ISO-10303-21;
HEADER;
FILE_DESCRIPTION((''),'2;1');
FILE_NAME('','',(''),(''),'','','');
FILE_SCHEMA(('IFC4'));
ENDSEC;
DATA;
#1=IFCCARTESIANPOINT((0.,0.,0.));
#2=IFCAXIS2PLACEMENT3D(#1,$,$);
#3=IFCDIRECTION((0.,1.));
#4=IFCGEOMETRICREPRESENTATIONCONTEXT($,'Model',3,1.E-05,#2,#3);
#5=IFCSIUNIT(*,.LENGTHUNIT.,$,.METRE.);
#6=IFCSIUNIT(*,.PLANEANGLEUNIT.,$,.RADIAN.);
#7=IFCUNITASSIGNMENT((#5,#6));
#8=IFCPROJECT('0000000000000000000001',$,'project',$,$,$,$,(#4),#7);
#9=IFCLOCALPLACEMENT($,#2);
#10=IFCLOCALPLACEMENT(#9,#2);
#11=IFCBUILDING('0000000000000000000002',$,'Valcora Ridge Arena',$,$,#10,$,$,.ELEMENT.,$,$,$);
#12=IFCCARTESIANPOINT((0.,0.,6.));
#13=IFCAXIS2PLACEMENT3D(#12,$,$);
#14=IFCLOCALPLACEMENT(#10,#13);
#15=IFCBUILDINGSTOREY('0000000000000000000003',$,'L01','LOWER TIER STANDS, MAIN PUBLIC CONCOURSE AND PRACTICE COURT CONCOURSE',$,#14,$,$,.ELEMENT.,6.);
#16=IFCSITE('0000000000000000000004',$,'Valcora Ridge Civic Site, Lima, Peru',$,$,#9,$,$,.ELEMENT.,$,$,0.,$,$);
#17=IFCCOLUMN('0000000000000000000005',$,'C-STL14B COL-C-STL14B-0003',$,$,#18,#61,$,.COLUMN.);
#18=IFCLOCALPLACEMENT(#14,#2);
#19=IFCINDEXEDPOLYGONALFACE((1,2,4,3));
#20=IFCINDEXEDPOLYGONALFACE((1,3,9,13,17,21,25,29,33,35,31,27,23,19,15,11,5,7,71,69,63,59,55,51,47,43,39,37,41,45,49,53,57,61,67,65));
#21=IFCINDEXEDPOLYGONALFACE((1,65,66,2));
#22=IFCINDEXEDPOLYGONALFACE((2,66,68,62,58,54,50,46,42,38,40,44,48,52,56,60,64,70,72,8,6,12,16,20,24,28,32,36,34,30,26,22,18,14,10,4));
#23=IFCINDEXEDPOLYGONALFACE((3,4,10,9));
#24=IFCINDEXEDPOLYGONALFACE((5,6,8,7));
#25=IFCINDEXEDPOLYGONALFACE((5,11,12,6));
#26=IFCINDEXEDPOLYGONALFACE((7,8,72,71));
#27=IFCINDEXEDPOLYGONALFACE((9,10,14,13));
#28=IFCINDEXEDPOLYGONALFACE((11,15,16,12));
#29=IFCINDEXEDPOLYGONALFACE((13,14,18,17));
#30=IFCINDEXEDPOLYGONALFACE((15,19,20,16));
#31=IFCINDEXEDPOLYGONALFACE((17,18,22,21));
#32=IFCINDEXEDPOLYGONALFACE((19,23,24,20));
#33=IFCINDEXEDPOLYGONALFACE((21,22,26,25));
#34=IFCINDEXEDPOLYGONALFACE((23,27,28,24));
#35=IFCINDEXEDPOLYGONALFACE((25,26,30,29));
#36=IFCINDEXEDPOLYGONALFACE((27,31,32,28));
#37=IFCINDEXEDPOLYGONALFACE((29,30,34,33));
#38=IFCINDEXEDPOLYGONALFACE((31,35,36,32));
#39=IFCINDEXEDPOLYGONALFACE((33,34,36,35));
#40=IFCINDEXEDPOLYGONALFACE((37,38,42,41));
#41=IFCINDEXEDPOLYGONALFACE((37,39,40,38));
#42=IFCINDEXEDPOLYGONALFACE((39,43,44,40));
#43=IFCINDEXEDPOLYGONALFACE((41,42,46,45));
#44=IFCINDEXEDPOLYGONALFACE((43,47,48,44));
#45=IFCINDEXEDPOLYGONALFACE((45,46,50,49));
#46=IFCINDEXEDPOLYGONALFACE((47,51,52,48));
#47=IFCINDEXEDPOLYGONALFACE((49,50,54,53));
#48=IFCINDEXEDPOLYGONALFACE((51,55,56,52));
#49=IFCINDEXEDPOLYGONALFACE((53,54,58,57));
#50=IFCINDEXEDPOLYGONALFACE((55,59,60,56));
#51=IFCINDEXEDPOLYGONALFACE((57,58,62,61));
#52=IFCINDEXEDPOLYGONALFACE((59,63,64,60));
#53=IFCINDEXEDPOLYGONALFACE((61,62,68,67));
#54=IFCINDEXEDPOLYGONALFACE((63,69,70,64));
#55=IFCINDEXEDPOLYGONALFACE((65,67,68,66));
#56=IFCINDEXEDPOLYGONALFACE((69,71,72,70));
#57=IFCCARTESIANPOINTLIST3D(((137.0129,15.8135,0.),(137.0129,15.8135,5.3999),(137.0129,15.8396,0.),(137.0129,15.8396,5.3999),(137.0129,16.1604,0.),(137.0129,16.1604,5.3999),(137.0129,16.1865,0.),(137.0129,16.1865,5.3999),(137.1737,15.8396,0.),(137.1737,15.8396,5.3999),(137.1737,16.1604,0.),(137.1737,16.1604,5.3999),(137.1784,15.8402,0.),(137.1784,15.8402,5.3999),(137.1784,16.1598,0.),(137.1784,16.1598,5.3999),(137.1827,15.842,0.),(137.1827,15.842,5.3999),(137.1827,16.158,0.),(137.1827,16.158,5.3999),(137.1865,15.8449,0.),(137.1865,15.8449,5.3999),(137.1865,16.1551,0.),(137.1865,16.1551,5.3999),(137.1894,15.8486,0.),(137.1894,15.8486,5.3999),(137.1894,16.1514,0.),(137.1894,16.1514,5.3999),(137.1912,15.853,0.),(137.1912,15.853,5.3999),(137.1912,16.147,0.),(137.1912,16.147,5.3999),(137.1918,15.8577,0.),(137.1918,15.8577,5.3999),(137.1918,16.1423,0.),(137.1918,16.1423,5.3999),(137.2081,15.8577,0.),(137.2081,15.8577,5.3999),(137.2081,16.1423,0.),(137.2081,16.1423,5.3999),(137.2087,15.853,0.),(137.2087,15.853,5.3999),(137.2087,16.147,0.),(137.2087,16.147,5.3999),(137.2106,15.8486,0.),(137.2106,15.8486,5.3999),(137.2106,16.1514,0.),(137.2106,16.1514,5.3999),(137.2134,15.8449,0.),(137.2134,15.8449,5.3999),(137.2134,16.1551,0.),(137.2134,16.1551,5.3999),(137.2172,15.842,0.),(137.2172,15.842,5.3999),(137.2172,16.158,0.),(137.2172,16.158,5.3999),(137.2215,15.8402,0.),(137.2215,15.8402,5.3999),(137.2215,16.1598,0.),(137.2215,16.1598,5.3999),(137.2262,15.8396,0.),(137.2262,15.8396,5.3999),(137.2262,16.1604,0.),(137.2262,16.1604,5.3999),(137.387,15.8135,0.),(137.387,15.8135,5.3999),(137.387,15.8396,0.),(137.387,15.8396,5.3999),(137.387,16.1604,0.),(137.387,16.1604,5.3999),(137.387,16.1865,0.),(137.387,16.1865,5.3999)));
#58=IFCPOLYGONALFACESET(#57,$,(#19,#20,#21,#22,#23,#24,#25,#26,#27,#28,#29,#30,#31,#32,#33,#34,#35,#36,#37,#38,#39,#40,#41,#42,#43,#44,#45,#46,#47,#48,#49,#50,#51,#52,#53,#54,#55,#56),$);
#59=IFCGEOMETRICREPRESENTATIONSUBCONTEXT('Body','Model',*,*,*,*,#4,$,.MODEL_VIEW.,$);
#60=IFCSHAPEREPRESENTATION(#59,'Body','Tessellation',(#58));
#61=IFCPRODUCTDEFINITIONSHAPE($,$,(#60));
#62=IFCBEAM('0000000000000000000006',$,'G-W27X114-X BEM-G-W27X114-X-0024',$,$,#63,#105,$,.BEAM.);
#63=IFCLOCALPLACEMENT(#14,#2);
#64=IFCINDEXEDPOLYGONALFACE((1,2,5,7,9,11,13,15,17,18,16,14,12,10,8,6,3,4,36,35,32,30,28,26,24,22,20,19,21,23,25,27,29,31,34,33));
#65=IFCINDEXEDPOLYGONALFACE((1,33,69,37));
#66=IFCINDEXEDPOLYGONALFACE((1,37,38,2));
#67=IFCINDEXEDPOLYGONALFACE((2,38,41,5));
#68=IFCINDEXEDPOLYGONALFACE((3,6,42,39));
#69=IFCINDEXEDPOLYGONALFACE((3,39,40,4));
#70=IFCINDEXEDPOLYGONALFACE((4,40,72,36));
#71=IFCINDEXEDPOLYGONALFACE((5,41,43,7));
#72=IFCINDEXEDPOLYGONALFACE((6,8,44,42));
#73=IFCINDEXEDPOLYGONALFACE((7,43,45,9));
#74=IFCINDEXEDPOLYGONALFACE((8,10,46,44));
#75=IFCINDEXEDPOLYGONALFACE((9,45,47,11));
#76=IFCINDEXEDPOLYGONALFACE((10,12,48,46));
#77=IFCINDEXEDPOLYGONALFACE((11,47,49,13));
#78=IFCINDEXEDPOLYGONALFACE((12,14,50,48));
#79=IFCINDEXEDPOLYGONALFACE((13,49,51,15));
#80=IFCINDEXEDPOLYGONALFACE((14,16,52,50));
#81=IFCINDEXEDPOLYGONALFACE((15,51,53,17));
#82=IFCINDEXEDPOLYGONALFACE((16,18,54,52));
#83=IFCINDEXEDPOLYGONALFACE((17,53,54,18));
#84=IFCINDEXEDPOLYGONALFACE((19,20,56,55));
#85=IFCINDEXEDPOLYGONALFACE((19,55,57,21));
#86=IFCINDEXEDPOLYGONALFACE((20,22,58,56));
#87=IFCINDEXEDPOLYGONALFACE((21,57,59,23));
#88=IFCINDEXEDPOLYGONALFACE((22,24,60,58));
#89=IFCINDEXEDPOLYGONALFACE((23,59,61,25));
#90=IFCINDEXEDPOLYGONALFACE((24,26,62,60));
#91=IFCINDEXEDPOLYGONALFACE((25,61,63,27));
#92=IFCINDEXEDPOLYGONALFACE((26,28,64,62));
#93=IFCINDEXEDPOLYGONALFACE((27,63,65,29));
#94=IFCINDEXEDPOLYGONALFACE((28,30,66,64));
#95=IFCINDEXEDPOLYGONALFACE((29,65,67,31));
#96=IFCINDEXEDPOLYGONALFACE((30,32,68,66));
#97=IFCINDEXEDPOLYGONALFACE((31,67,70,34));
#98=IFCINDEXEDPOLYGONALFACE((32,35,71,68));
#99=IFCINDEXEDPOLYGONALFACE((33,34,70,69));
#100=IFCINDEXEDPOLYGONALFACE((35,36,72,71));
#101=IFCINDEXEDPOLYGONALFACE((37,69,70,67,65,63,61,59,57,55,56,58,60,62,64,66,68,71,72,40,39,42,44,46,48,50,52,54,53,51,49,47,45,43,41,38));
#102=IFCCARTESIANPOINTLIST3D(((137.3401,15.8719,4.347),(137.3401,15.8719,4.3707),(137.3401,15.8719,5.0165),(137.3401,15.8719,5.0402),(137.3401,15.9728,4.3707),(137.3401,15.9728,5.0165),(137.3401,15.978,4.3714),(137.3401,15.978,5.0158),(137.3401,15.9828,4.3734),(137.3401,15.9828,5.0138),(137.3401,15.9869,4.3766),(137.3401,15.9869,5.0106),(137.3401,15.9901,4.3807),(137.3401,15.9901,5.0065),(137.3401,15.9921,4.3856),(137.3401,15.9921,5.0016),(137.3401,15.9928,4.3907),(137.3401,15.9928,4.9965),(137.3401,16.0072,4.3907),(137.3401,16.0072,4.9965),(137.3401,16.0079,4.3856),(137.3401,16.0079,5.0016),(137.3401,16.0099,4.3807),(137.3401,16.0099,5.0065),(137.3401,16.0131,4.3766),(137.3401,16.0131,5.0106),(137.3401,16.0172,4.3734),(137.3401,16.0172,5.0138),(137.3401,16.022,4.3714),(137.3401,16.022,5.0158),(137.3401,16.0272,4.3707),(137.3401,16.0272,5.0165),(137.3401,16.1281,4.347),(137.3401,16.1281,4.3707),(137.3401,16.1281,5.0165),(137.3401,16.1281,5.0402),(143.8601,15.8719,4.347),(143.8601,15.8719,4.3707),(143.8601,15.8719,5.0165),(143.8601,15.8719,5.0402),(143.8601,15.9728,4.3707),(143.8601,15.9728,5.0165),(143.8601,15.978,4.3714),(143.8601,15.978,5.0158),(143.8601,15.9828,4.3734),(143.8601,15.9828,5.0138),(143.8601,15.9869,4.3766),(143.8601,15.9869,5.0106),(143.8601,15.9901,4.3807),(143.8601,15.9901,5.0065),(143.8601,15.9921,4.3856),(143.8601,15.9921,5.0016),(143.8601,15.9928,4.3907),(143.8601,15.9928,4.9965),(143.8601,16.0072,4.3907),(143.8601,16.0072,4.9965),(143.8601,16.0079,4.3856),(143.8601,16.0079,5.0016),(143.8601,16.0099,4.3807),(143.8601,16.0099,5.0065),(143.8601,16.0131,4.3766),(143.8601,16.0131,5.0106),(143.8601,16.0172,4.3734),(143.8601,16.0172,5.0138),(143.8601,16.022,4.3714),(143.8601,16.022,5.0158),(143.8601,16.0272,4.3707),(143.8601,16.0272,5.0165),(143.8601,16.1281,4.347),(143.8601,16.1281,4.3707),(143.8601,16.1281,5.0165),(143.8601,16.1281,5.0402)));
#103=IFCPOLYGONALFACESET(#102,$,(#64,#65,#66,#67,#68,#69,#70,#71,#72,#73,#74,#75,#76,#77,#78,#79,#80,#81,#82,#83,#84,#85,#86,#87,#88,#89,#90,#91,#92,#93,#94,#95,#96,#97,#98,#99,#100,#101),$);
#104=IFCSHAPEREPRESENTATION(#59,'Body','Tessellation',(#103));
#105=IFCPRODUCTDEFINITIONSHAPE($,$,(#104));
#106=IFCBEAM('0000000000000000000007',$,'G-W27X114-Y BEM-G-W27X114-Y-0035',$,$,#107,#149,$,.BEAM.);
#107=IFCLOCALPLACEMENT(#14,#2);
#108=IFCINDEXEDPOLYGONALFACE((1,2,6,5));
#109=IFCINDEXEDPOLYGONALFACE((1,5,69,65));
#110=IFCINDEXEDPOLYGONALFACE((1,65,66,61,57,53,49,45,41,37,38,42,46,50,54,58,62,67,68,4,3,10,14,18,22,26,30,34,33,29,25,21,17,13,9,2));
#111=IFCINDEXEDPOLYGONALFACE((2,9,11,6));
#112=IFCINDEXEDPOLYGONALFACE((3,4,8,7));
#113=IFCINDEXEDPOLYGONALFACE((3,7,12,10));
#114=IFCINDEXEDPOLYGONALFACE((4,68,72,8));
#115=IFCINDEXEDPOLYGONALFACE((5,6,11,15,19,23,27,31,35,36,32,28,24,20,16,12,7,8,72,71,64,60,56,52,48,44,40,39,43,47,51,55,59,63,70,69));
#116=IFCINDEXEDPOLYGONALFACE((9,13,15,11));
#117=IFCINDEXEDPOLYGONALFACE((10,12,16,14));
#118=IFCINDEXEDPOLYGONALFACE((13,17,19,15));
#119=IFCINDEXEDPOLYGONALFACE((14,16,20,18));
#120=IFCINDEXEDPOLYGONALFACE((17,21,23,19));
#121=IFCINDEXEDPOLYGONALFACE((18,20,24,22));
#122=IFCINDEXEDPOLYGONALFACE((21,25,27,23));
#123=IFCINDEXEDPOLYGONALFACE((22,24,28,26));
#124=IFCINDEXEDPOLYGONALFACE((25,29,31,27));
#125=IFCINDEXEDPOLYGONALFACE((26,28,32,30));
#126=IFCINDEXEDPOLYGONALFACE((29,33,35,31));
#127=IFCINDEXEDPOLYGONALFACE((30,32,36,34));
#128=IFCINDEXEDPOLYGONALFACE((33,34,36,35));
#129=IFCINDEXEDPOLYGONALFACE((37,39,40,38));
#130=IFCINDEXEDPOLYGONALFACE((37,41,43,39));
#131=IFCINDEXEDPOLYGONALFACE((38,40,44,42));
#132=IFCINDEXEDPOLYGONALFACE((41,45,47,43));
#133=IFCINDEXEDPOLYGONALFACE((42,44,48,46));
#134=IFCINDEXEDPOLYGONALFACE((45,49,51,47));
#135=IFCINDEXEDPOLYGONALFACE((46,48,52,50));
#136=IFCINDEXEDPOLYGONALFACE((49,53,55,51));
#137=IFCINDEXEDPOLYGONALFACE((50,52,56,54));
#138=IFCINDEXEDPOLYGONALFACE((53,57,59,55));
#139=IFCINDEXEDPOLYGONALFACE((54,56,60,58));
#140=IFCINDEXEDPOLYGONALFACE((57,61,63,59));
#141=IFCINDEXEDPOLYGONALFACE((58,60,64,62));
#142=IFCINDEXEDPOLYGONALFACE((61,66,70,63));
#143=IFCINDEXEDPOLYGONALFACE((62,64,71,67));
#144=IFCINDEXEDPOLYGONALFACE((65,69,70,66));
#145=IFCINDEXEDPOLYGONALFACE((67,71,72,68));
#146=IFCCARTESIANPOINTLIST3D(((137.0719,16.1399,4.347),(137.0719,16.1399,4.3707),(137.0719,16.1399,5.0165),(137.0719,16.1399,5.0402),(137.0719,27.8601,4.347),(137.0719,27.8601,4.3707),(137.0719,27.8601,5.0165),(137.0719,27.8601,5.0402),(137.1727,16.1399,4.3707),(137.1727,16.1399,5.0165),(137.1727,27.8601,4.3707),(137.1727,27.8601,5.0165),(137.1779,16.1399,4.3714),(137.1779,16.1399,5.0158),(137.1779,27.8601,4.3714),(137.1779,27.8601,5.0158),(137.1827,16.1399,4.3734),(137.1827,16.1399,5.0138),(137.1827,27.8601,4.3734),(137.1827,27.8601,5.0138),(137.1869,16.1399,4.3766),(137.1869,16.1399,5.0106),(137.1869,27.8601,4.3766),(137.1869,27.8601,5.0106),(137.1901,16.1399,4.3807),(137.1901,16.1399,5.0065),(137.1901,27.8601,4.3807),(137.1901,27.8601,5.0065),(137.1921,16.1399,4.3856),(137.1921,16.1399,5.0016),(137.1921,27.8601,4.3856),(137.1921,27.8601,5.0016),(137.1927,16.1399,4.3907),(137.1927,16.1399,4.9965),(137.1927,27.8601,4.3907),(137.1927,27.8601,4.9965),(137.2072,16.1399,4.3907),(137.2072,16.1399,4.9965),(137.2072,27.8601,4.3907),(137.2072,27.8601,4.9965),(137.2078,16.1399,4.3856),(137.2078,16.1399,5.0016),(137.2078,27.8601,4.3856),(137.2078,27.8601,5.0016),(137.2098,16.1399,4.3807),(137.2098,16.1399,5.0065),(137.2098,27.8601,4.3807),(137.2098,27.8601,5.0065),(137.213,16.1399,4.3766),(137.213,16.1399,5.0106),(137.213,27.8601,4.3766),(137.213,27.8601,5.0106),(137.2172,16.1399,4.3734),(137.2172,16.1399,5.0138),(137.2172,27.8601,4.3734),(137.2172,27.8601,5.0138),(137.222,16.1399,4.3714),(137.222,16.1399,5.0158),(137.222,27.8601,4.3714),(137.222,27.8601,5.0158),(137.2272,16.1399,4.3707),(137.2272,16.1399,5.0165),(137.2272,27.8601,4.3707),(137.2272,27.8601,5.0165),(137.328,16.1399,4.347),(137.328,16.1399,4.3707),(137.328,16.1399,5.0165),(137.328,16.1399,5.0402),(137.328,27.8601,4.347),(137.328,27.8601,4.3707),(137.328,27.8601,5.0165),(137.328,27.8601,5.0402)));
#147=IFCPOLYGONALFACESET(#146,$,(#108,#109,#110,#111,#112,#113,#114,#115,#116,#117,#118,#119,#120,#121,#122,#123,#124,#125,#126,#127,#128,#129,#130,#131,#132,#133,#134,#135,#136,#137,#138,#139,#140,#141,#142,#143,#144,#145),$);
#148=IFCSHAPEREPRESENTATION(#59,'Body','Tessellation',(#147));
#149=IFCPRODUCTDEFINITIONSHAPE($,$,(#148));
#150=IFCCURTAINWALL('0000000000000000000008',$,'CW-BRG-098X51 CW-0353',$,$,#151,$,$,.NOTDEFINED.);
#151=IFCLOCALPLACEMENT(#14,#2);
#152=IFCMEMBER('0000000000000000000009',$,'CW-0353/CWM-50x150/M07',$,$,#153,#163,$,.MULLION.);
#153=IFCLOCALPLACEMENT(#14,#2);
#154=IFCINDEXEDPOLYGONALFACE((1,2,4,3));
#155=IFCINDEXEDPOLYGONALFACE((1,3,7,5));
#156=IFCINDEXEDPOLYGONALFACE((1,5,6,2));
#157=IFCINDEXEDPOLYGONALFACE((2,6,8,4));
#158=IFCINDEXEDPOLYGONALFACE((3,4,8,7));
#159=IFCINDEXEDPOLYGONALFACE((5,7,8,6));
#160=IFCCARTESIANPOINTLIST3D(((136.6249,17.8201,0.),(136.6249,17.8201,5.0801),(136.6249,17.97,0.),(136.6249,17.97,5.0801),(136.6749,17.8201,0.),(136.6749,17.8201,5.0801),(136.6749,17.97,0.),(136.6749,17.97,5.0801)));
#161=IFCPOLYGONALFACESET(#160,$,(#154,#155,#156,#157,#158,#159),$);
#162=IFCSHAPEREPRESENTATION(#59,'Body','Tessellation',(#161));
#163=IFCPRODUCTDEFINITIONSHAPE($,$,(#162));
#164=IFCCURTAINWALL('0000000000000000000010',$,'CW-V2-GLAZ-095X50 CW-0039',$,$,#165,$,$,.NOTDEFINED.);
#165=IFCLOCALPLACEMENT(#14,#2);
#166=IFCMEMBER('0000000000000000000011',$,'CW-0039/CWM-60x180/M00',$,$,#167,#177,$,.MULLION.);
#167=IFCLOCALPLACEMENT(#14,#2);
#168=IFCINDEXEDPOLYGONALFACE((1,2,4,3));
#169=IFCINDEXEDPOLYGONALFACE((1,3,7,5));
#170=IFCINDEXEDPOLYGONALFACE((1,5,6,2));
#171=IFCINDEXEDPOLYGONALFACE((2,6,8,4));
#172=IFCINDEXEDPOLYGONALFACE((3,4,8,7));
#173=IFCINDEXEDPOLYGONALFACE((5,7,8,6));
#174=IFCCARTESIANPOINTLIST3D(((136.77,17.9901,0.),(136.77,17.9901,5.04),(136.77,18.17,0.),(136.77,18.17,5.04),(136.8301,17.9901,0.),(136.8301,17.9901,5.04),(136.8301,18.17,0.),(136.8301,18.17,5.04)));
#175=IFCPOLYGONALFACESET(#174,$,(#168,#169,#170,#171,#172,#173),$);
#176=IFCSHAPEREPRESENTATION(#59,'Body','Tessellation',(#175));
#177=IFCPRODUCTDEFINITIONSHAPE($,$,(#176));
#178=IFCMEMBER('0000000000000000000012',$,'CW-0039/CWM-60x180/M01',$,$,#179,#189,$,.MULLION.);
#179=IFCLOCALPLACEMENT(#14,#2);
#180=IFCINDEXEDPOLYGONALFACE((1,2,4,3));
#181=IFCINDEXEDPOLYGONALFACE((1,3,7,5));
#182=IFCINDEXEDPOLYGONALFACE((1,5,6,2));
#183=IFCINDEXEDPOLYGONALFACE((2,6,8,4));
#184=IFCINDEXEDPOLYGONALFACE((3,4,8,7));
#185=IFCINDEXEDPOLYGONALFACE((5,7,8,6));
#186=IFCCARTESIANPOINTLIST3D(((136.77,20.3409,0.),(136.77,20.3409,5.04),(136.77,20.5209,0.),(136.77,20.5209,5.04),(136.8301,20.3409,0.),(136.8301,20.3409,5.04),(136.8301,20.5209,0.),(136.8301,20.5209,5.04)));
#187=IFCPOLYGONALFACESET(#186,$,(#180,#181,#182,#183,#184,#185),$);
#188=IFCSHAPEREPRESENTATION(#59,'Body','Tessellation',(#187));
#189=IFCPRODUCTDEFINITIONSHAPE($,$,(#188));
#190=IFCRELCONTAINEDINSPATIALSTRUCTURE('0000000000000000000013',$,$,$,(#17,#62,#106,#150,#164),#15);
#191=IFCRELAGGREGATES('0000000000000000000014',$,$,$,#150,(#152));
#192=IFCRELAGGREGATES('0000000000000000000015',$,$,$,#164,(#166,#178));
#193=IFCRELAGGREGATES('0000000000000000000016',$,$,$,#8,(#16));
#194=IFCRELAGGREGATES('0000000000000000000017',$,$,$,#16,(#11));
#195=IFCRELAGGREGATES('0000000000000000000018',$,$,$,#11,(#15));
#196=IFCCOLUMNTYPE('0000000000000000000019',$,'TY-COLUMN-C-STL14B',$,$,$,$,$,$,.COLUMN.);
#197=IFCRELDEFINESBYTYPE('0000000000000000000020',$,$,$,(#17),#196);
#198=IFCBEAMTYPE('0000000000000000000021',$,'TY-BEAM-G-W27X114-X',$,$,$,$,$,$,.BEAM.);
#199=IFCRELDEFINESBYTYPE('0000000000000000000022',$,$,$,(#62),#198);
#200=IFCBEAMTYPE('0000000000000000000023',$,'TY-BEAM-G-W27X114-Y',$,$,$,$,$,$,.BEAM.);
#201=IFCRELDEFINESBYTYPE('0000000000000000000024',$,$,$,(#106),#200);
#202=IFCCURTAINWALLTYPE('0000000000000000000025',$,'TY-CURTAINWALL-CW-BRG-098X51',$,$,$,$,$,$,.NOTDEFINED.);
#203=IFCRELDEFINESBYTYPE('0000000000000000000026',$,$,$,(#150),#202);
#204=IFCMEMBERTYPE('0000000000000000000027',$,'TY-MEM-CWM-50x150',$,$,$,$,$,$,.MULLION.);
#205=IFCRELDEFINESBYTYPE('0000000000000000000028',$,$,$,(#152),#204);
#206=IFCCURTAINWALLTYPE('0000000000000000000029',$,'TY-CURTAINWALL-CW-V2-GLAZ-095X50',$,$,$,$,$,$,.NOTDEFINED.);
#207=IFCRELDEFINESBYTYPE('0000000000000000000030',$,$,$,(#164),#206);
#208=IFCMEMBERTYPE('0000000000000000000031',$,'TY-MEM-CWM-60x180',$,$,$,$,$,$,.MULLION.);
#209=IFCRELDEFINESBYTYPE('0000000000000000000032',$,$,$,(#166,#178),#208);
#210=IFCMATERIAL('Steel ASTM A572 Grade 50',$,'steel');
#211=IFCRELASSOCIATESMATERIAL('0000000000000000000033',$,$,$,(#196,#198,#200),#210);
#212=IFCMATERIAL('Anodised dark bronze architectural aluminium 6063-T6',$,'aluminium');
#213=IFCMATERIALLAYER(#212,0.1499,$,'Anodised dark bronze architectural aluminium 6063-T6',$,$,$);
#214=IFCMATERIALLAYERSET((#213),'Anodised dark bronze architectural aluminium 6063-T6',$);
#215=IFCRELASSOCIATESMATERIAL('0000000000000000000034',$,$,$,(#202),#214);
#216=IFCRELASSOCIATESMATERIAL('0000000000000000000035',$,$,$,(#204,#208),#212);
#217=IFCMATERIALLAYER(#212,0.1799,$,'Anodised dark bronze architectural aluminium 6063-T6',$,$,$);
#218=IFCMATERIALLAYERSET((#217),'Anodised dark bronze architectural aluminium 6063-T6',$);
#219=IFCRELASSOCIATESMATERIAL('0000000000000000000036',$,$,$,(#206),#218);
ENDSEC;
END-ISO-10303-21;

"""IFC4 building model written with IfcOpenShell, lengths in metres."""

from ifc_helpers import new_model, si_unit, direction, frame, origin, origin_2d, place, context, subcontext, project, spatial, rectangle, i_section, extrude, material, layer, layer_set, material_profile, profile_set, type_object, element, aggregate, save


model = new_model("IFC4")

# Units and contexts
model_context = context("Model", 3, precision=1e-05, world=origin(), true_north=direction((0.0, 1.0)))
body_context = subcontext(model_context, "Body", "Model", "MODEL_VIEW")
ifc_project = project(units=[si_unit("LENGTHUNIT", "METRE"), si_unit("PLANEANGLEUNIT", "RADIAN")], contexts=[model_context])

# Site, building, storey
site_placement = place(None, origin())
site = spatial("IfcSite", under=ifc_project, at=site_placement, Name="Valcora Ridge Civic Site, Lima, Peru", CompositionType="ELEMENT", RefElevation=0.0)
building_placement = place(site_placement, origin())
building = spatial("IfcBuilding", under=site, at=building_placement, Name="Valcora Ridge Arena", CompositionType="ELEMENT")
storey_placement = place(building_placement, frame((0.0, 0.0, 6.0)))
storey = spatial("IfcBuildingStorey", under=building, at=storey_placement, Name="L01", Description="LOWER TIER STANDS, MAIN PUBLIC CONCOURSE AND PRACTICE COURT CONCOURSE", CompositionType="ELEMENT", Elevation=6.0)

# Column
ifc_material_1 = material(Name="Steel ASTM A572 Grade 50", Category="steel")
ifc_material_profile_1 = material_profile(ifc_material_1, i_section(OverallWidth=0.374, OverallDepth=0.373, WebThickness=0.0164, FlangeThickness=0.0261, FilletRadius=0.0181, at=origin_2d()), Name="W14X132")
ifc_profile_set_1 = profile_set([ifc_material_profile_1], Name="Steel ASTM A572 Grade 50")
column_type = type_object("IfcColumnType", Name="TY-COLUMN-C-STL14B", PredefinedType="COLUMN", material=ifc_profile_set_1)
column_placement = place(storey_placement, frame((137.2, 16.0, 0.0), z_axis=(0.0, 0.0, 1.0), x_axis=(1.0, 0.0, 0.0)))
element("IfcColumn", 1, at=column_placement, inside=storey, type_object=column_type, Name="C-STL14B COL-C-STL14B-0003", PredefinedType="COLUMN", context=body_context, shape_type="SweptSolid", body=[
    extrude(i_section(OverallWidth=0.374, OverallDepth=0.373, WebThickness=0.0164, FlangeThickness=0.0261, FilletRadius=0.0181, at=origin_2d()), origin(), (0.0, 0.0, 1.0), 5.3999),
])

# Beams
ifc_material_profile_2 = material_profile(ifc_material_1, i_section(OverallWidth=0.2561, OverallDepth=0.6931, WebThickness=0.0144, FlangeThickness=0.0237, FilletRadius=0.02, at=origin_2d()), Name="W27X114")
ifc_profile_set_2 = profile_set([ifc_material_profile_2], Name="Steel ASTM A572 Grade 50")
beam_type_1 = type_object("IfcBeamType", Name="TY-BEAM-G-W27X114-X", PredefinedType="BEAM", material=ifc_profile_set_2)
beam_1_placement = place(storey_placement, frame((137.3401, 16.0, 4.6936), z_axis=(1.0, 0.0, 0.0), x_axis=(0.0, 1.0, 0.0)))
element("IfcBeam", 2, at=beam_1_placement, inside=storey, type_object=beam_type_1, Name="G-W27X114-X BEM-G-W27X114-X-0024", PredefinedType="BEAM", context=body_context, shape_type="SweptSolid", body=[
    extrude(i_section(OverallWidth=0.2561, OverallDepth=0.6931, WebThickness=0.0144, FlangeThickness=0.0237, FilletRadius=0.02, at=origin_2d()), origin(), (0.0, 0.0, 1.0), 6.52),
])
ifc_material_profile_3 = material_profile(ifc_material_1, i_section(OverallWidth=0.2561, OverallDepth=0.6931, WebThickness=0.0144, FlangeThickness=0.0237, FilletRadius=0.02, at=origin_2d()), Name="W27X114")
ifc_profile_set_3 = profile_set([ifc_material_profile_3], Name="Steel ASTM A572 Grade 50")
beam_type_2 = type_object("IfcBeamType", Name="TY-BEAM-G-W27X114-Y", PredefinedType="BEAM", material=ifc_profile_set_3)
beam_2_placement = place(storey_placement, frame((137.2, 16.1399, 4.6936), z_axis=(0.0, 1.0, 0.0), x_axis=(-1.0, 0.0, 0.0)))
element("IfcBeam", 3, at=beam_2_placement, inside=storey, type_object=beam_type_2, Name="G-W27X114-Y BEM-G-W27X114-Y-0035", PredefinedType="BEAM", context=body_context, shape_type="SweptSolid", body=[
    extrude(i_section(OverallWidth=0.2561, OverallDepth=0.6931, WebThickness=0.0144, FlangeThickness=0.0237, FilletRadius=0.02, at=origin_2d()), origin(), (0.0, 0.0, 1.0), 11.7202),
])

# Curtain wall, member
ifc_material_2 = material(Name="Anodised dark bronze architectural aluminium 6063-T6", Category="aluminium")
ifc_layer_1 = layer(ifc_material_2, 0.1499, Name="Anodised dark bronze architectural aluminium 6063-T6")
ifc_layer_set_1 = layer_set([ifc_layer_1], Name="Anodised dark bronze architectural aluminium 6063-T6")
curtain_wall_type_1 = type_object("IfcCurtainWallType", Name="TY-CURTAINWALL-CW-BRG-098X51", PredefinedType="NOTDEFINED", material=ifc_layer_set_1)
curtain_wall_1_placement = place(storey_placement, origin())
curtain_wall_1 = element("IfcCurtainWall", 4, at=curtain_wall_1_placement, inside=storey, type_object=curtain_wall_type_1, Name="CW-BRG-098X51 CW-0353", PredefinedType="NOTDEFINED")
ifc_material_profile_4 = material_profile(ifc_material_2, rectangle(XDim=0.05, YDim=0.1499, at=origin_2d()), Name="ALU MULLION 50x150")
ifc_profile_set_4 = profile_set([ifc_material_profile_4], Name="Anodised dark bronze architectural aluminium 6063-T6")
member_type_1 = type_object("IfcMemberType", Name="TY-MEM-CWM-50x150", PredefinedType="MULLION", material=ifc_profile_set_4)
member_1_placement = place(storey_placement, frame((136.6499, 17.895, 0.0), z_axis=(0.0, 0.0, 1.0), x_axis=(-1.0, 0.0, 0.0)))
member_1 = element("IfcMember", 5, at=member_1_placement, type_object=member_type_1, Name="CW-0353/CWM-50x150/M07", PredefinedType="MULLION", context=body_context, shape_type="SweptSolid", body=[
    extrude(rectangle(XDim=0.05, YDim=0.1499, at=origin_2d()), origin(), (0.0, 0.0, 1.0), 5.0801),
])

# Curtain wall, members
ifc_layer_2 = layer(ifc_material_2, 0.1799, Name="Anodised dark bronze architectural aluminium 6063-T6")
ifc_layer_set_2 = layer_set([ifc_layer_2], Name="Anodised dark bronze architectural aluminium 6063-T6")
curtain_wall_type_2 = type_object("IfcCurtainWallType", Name="TY-CURTAINWALL-CW-V2-GLAZ-095X50", PredefinedType="NOTDEFINED", material=ifc_layer_set_2)
curtain_wall_2_placement = place(storey_placement, origin())
curtain_wall_2 = element("IfcCurtainWall", 6, at=curtain_wall_2_placement, inside=storey, type_object=curtain_wall_type_2, Name="CW-V2-GLAZ-095X50 CW-0039", PredefinedType="NOTDEFINED")
ifc_material_profile_5 = material_profile(ifc_material_2, rectangle(XDim=0.0601, YDim=0.1799, at=origin_2d()), Name="ALU MULLION 60x180")
ifc_profile_set_5 = profile_set([ifc_material_profile_5], Name="Anodised dark bronze architectural aluminium 6063-T6")
member_type_2 = type_object("IfcMemberType", Name="TY-MEM-CWM-60x180", PredefinedType="MULLION", material=ifc_profile_set_5)
member_2_placement = place(storey_placement, frame((136.8, 18.0801, 0.0), z_axis=(0.0, 0.0, 1.0), x_axis=(-1.0, 0.0, 0.0)))
member_2 = element("IfcMember", 7, at=member_2_placement, type_object=member_type_2, Name="CW-0039/CWM-60x180/M00", PredefinedType="MULLION", context=body_context, shape_type="SweptSolid", body=[
    extrude(rectangle(XDim=0.0601, YDim=0.1799, at=origin_2d()), origin(), (0.0, 0.0, 1.0), 5.04),
])
member_3_placement = place(storey_placement, frame((136.8, 20.4309, 0.0), z_axis=(0.0, 0.0, 1.0), x_axis=(-1.0, 0.0, 0.0)))
member_3 = element("IfcMember", 8, at=member_3_placement, type_object=member_type_2, Name="CW-0039/CWM-60x180/M01", PredefinedType="MULLION", context=body_context, shape_type="SweptSolid", body=[
    extrude(rectangle(XDim=0.0601, YDim=0.1799, at=origin_2d()), origin(), (0.0, 0.0, 1.0), 5.04),
])

aggregate(curtain_wall_1, [member_1])
aggregate(curtain_wall_2, [member_2, member_3])

save(model, "model.ifc")
